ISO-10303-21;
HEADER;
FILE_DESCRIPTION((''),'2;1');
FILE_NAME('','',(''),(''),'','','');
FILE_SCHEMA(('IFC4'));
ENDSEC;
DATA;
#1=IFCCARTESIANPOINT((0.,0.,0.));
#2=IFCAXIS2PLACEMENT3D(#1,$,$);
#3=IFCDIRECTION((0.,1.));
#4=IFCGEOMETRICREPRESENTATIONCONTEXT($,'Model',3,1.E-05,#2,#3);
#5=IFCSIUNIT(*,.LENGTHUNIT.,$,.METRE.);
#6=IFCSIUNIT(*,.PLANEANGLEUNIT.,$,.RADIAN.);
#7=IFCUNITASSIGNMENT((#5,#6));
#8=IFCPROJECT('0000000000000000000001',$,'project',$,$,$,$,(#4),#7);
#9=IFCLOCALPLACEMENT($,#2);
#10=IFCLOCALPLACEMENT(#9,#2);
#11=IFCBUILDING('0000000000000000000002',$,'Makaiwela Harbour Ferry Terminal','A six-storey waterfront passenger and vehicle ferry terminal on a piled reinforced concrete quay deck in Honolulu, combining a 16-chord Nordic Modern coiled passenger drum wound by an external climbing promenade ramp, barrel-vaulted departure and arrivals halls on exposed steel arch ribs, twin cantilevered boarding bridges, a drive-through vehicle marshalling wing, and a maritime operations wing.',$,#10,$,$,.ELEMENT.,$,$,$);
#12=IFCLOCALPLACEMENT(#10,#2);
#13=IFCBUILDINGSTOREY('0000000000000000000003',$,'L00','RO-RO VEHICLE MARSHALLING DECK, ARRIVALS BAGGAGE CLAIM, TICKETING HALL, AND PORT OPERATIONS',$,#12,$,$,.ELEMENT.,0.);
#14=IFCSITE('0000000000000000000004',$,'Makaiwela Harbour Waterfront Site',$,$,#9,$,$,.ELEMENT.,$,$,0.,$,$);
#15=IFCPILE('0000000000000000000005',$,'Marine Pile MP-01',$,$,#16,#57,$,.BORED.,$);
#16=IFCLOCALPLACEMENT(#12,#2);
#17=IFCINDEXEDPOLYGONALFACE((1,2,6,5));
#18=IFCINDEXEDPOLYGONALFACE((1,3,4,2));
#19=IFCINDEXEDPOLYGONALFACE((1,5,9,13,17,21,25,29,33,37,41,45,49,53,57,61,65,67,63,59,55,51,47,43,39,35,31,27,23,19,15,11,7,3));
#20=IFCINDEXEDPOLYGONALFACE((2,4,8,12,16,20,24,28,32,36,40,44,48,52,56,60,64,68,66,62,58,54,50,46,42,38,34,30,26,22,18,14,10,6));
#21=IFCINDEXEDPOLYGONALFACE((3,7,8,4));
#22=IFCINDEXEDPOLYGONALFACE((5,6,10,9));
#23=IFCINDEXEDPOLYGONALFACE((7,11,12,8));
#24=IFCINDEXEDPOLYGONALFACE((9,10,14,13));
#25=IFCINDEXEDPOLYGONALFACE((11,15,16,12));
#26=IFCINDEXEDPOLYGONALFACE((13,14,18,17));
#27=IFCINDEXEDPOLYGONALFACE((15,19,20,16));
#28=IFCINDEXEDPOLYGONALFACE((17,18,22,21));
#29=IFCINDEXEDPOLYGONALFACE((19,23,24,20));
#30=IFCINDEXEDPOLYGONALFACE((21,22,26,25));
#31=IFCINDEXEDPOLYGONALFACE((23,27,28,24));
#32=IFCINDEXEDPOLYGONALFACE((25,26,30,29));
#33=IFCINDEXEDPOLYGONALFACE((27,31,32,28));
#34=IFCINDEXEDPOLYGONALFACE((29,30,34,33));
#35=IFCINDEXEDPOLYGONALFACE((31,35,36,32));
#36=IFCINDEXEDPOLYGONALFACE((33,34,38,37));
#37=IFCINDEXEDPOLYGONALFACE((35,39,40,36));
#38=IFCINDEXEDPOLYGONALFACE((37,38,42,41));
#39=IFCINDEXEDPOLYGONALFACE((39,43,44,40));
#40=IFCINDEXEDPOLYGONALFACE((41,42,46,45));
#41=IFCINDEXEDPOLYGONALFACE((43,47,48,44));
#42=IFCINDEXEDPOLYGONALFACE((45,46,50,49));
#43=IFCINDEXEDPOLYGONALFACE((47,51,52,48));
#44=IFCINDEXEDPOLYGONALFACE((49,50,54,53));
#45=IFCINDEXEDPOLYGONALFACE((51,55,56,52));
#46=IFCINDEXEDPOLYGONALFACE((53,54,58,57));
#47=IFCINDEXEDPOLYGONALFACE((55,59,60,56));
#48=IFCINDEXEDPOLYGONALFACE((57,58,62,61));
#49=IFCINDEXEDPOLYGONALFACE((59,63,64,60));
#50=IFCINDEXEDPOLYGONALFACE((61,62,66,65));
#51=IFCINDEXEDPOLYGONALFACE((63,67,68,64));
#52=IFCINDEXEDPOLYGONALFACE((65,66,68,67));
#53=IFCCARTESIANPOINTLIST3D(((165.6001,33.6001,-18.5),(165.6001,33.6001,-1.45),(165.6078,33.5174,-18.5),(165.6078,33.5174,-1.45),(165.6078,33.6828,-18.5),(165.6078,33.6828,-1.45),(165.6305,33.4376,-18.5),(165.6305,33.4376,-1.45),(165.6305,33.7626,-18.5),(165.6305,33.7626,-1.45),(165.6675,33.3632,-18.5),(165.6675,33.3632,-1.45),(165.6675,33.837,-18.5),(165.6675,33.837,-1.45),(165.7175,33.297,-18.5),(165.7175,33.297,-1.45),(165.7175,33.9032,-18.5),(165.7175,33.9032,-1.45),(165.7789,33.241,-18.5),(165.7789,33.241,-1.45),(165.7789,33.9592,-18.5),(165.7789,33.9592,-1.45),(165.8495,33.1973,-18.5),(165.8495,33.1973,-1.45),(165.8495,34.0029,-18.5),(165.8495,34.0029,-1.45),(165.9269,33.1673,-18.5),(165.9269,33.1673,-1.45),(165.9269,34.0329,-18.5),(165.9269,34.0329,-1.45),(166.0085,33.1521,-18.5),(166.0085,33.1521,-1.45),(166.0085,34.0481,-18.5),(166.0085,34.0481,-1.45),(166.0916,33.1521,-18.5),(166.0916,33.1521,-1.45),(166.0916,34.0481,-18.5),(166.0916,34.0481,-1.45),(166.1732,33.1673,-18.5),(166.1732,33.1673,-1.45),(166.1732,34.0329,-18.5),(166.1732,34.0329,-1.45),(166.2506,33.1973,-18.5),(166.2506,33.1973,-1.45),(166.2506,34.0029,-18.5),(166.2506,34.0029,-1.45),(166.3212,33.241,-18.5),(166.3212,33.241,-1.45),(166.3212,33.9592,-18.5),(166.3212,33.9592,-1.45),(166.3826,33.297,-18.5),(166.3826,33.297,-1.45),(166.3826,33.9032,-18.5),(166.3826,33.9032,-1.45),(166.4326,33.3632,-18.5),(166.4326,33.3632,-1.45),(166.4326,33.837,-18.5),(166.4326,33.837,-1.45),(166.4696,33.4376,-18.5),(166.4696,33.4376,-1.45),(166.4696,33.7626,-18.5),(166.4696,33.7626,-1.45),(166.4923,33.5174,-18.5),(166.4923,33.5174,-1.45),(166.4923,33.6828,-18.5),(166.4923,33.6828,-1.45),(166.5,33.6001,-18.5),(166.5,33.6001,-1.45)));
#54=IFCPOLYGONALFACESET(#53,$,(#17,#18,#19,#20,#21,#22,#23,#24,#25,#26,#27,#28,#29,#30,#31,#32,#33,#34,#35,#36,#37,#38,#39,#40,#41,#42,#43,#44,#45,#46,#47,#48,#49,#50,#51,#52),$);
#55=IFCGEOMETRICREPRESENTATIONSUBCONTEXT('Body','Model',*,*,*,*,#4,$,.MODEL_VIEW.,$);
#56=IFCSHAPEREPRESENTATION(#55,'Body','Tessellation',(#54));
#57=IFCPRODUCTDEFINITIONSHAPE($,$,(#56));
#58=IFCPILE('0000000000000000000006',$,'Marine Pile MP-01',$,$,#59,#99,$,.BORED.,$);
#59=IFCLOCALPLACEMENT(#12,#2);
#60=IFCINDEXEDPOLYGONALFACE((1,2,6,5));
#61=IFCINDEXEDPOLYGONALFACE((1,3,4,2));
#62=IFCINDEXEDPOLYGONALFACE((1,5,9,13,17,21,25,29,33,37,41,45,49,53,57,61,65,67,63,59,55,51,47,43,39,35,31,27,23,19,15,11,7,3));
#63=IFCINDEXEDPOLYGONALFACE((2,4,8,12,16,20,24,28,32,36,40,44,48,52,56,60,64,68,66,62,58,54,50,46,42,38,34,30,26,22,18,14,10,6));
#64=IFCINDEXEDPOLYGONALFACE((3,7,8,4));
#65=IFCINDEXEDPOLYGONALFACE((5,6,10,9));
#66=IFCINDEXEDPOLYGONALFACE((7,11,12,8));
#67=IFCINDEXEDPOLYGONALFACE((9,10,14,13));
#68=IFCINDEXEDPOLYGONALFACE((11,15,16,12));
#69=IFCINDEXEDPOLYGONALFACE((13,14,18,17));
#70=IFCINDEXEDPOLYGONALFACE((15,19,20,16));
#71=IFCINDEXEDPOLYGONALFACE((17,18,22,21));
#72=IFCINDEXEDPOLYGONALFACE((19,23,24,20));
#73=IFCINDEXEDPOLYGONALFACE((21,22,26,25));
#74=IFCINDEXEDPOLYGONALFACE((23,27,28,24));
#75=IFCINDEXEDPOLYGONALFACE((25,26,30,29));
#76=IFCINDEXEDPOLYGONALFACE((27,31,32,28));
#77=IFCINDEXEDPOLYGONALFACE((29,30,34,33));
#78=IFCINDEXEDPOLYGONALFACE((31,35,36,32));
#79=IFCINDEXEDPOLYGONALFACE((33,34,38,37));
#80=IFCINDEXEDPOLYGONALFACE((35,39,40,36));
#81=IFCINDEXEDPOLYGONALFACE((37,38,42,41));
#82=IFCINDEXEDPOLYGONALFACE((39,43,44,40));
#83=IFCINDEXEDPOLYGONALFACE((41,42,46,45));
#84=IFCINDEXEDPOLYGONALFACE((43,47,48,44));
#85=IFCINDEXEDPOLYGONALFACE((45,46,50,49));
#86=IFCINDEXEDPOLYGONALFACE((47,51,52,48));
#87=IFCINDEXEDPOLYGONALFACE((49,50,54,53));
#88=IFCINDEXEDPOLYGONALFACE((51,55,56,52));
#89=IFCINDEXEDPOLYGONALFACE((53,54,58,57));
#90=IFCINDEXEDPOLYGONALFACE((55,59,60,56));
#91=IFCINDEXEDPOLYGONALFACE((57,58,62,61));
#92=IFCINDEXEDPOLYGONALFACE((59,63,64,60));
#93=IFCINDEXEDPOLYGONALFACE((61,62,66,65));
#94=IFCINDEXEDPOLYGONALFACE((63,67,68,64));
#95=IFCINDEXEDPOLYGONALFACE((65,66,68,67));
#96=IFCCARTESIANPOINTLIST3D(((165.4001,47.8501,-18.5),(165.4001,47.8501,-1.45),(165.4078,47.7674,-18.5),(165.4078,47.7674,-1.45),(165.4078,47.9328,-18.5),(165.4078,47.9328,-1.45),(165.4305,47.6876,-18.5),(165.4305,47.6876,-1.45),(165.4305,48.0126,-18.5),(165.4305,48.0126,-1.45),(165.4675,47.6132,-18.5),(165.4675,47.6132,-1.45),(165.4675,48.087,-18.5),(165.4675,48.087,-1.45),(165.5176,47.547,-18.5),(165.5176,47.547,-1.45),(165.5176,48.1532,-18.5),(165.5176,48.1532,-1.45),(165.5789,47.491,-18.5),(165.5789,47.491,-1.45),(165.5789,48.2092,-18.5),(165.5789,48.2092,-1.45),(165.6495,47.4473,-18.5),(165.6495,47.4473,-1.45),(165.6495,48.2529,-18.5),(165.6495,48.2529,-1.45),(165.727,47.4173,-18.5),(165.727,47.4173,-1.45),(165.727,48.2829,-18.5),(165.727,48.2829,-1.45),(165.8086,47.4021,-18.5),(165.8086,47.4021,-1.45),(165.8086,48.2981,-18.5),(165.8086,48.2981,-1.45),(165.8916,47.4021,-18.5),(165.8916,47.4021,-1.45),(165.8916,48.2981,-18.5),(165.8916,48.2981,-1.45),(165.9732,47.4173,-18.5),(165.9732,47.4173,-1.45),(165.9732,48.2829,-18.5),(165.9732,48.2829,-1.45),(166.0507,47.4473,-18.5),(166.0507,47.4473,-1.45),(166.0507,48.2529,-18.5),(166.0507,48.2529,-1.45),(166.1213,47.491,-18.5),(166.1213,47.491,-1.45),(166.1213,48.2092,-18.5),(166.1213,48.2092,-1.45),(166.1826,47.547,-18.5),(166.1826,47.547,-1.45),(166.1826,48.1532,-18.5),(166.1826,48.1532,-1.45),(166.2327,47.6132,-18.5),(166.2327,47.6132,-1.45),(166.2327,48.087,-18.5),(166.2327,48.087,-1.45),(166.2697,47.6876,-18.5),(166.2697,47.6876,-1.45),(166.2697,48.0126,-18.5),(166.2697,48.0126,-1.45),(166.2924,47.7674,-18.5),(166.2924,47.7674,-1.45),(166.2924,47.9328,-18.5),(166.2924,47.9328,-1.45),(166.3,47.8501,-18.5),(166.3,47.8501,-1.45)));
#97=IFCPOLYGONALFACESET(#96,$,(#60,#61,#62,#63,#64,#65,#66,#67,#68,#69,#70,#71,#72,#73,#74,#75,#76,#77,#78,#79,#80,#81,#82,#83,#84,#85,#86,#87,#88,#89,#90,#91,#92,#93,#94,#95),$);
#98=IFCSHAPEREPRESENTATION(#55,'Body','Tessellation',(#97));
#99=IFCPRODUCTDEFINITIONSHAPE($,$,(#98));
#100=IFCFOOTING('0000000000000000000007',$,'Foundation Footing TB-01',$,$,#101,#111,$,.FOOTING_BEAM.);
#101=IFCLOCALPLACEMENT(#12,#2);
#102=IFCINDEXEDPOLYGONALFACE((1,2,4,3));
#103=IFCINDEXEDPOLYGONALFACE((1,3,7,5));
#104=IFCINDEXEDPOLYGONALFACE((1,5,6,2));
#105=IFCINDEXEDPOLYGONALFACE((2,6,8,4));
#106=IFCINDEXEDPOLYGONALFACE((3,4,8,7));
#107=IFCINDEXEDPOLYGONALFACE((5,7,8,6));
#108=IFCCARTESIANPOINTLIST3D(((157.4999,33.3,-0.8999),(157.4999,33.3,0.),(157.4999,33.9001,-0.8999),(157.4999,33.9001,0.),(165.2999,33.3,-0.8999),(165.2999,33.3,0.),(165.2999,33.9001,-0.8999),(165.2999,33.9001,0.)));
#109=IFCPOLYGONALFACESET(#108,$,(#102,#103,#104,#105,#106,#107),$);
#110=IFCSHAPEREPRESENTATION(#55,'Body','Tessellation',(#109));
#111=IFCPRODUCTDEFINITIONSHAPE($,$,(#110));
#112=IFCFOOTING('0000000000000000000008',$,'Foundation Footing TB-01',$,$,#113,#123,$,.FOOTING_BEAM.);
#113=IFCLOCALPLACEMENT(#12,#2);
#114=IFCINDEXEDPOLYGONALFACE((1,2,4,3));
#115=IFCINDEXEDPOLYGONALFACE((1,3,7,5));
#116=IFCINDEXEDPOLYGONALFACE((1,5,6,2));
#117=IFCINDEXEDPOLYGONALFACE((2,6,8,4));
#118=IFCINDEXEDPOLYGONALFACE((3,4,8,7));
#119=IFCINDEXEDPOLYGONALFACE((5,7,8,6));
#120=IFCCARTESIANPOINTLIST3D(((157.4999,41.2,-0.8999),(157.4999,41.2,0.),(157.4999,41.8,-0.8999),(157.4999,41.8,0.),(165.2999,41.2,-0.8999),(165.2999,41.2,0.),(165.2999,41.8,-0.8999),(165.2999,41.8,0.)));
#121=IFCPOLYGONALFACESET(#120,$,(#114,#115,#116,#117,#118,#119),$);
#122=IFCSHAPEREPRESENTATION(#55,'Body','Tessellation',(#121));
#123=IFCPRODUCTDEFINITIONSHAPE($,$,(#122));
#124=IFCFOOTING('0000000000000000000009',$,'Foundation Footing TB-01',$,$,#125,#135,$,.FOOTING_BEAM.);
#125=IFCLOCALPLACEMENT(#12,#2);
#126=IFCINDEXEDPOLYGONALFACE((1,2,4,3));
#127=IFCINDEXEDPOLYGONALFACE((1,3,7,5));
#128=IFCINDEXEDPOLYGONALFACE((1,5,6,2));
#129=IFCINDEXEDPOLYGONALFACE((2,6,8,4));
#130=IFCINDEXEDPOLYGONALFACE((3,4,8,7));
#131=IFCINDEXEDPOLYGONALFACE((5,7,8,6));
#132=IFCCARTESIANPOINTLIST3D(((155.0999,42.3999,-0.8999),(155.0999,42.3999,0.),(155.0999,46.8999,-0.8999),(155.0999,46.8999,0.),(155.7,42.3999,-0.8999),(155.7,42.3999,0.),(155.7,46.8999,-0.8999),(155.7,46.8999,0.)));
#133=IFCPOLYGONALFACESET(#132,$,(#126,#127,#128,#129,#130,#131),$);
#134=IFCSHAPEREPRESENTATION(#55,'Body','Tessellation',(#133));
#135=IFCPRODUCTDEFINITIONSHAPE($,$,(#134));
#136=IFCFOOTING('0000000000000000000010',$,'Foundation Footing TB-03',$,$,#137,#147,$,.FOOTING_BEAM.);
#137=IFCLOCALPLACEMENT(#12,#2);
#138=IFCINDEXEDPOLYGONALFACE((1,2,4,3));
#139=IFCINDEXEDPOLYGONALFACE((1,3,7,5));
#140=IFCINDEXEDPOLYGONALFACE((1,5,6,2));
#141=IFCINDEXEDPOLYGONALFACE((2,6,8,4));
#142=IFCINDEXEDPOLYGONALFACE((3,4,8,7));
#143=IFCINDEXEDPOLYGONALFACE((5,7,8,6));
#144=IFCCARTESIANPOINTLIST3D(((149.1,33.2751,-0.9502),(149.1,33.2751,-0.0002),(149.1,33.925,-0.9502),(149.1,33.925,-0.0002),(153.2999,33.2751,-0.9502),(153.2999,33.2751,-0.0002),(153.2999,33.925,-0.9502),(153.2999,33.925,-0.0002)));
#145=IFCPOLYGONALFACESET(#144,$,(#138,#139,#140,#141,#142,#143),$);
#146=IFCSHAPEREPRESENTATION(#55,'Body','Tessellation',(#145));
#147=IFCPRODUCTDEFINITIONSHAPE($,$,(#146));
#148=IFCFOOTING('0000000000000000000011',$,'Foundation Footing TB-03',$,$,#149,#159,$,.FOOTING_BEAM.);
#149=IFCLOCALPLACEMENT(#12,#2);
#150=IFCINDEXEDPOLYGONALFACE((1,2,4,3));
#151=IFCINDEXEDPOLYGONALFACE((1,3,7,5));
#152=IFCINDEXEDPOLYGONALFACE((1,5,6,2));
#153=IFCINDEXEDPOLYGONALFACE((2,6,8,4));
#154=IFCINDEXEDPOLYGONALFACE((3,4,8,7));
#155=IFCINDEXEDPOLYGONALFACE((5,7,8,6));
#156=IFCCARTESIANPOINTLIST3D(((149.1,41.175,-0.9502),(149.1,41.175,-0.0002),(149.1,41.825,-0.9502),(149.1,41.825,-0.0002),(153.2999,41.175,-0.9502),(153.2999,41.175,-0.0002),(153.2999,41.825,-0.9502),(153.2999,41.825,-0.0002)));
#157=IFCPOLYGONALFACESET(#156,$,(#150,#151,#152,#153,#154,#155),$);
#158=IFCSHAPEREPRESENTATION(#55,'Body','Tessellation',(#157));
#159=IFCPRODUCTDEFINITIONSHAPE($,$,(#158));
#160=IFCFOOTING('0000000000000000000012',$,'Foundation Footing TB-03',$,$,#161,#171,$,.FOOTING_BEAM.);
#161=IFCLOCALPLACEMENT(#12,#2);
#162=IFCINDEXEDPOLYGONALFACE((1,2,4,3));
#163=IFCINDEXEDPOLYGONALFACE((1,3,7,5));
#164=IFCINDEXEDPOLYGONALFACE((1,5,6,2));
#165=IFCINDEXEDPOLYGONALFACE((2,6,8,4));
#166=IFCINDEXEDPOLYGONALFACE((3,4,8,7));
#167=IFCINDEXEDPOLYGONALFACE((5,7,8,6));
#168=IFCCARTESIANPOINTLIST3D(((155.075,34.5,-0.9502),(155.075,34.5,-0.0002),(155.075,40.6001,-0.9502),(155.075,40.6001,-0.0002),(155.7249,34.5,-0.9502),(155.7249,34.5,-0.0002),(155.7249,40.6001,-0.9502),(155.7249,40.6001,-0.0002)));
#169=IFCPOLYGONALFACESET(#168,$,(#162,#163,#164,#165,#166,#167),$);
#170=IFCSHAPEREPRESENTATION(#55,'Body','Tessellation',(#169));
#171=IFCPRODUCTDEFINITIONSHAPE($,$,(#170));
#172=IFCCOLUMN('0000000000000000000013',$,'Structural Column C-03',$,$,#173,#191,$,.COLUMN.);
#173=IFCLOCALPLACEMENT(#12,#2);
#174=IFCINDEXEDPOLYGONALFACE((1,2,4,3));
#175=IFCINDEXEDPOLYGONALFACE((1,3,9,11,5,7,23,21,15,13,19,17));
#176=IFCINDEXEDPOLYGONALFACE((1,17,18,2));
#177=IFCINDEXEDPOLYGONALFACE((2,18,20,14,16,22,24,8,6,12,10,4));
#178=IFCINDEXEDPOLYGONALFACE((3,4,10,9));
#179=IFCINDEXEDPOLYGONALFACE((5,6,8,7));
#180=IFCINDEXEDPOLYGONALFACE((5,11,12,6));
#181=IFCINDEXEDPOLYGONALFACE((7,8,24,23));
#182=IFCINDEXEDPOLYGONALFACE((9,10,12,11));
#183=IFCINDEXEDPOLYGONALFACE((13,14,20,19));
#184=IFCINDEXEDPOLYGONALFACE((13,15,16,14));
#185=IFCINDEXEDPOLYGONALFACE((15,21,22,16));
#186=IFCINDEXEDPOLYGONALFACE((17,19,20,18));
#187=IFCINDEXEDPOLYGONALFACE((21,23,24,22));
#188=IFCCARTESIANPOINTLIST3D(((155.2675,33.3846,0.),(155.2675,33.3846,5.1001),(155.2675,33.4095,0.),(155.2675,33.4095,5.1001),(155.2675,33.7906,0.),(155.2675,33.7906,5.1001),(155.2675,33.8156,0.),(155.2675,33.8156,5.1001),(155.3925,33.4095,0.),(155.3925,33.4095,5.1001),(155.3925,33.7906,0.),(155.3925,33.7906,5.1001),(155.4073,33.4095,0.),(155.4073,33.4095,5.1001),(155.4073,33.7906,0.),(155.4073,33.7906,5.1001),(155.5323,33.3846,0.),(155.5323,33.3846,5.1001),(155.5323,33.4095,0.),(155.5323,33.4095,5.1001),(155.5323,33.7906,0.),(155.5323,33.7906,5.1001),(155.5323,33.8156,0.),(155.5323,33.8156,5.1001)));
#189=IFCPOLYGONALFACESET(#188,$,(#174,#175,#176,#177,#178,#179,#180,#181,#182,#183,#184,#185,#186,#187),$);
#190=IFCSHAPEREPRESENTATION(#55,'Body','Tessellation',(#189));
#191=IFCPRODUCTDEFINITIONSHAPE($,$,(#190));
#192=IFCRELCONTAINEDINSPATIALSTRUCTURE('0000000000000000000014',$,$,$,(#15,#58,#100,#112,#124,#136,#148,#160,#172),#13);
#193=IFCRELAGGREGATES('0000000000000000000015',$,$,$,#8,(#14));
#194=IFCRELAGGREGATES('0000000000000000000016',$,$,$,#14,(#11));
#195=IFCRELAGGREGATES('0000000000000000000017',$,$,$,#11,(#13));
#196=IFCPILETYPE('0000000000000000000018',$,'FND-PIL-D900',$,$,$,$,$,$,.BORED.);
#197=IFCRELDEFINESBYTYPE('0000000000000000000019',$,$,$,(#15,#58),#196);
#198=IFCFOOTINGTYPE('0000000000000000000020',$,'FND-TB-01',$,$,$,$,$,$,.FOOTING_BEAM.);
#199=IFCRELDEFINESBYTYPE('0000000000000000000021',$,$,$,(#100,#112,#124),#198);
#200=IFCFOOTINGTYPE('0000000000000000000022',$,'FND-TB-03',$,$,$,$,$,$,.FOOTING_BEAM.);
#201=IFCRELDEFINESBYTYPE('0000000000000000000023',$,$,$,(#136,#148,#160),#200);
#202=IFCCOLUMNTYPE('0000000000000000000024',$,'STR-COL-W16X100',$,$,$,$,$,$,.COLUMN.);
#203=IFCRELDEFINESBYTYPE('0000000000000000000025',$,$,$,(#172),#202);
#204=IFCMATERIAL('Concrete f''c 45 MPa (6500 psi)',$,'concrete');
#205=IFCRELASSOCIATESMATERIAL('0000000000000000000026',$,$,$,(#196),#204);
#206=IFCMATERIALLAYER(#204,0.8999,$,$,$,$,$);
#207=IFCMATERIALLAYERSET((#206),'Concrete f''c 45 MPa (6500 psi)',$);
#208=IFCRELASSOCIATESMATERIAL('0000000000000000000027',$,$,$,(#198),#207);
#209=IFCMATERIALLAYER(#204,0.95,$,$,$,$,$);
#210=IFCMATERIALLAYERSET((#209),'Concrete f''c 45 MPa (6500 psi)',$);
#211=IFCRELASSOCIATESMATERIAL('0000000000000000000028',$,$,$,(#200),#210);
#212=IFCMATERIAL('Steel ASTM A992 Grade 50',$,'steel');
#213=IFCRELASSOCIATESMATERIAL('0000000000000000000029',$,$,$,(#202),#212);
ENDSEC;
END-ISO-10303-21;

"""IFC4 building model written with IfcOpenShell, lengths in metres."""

from ifc_helpers import new_model, si_unit, direction, frame, origin, origin_2d, place, context, subcontext, project, spatial, rectangle, circle, i_section, extrude, material, layer, layer_set, material_profile, profile_set, type_object, element, save


model = new_model("IFC4")

# Units and contexts
model_context = context("Model", 3, precision=1e-05, world=origin(), true_north=direction((0.0, 1.0)))
body_context = subcontext(model_context, "Body", "Model", "MODEL_VIEW")
ifc_project = project(units=[si_unit("LENGTHUNIT", "METRE"), si_unit("PLANEANGLEUNIT", "RADIAN")], contexts=[model_context])

# Site, building, storey
site_placement = place(None, origin())
site = spatial("IfcSite", under=ifc_project, at=site_placement, Name="Makaiwela Harbour Waterfront Site", CompositionType="ELEMENT", RefElevation=0.0)
building_placement = place(site_placement, origin())
building = spatial("IfcBuilding", under=site, at=building_placement, Name="Makaiwela Harbour Ferry Terminal", Description="A six-storey waterfront passenger and vehicle ferry terminal on a piled reinforced concrete quay deck in Honolulu, combining a 16-chord Nordic Modern coiled passenger drum wound by an external climbing promenade ramp, barrel-vaulted departure and arrivals halls on exposed steel arch ribs, twin cantilevered boarding bridges, a drive-through vehicle marshalling wing, and a maritime operations wing.", CompositionType="ELEMENT")
storey_placement = place(building_placement, origin())
storey = spatial("IfcBuildingStorey", under=building, at=storey_placement, Name="L00", Description="RO-RO VEHICLE MARSHALLING DECK, ARRIVALS BAGGAGE CLAIM, TICKETING HALL, AND PORT OPERATIONS", CompositionType="ELEMENT", Elevation=0.0)

# Shared definitions
ifc_material_1 = material(Name="Concrete f'c 45 MPa (6500 psi)", Category="concrete")

# Piles
ifc_material_profile_1 = material_profile(ifc_material_1, circle(Radius=0.45, at=origin_2d()), Name="PILE-D900")
ifc_profile_set_1 = profile_set([ifc_material_profile_1], Name="Concrete f'c 45 MPa (6500 psi)")
pile_type = type_object("IfcPileType", Name="FND-PIL-D900", PredefinedType="BORED", material=ifc_profile_set_1)
for number, where, z_axis, x_axis, name in (
    (1, (166.05, 33.6001, -1.45), (0.0, 0.0, -1.0), (1.0, 0.0, 0.0), "Marine Pile MP-01"),
    (2, (165.8501, 47.8501, -1.45), (0.0, 0.0, -1.0), (1.0, 0.0, 0.0), "Marine Pile MP-01"),
):
    element("IfcPile", number, at=place(storey_placement, frame(where, z_axis=z_axis, x_axis=x_axis)), inside=storey, type_object=pile_type, Name=name, PredefinedType="BORED", context=body_context, shape_type="SweptSolid", body=[
        extrude(circle(Radius=0.45, at=origin_2d()), origin(), (0.0, 0.0, 1.0), 17.05),
    ])

# Footings
ifc_layer_1 = layer(ifc_material_1, 0.8999)
ifc_layer_set_1 = layer_set([ifc_layer_1], Name="Concrete f'c 45 MPa (6500 psi)")
footing_type_1 = type_object("IfcFootingType", Name="FND-TB-01", PredefinedType="FOOTING_BEAM", material=ifc_layer_set_1)
for number, where, z_axis, x_axis, name in (
    (3, (161.3999, 33.6001, -0.8999), (0.0, 0.0, 1.0), (1.0, 0.0, 0.0), "Foundation Footing TB-01"),
    (4, (161.3999, 41.5, -0.8999), (0.0, 0.0, 1.0), (1.0, 0.0, 0.0), "Foundation Footing TB-01"),
):
    element("IfcFooting", number, at=place(storey_placement, frame(where, z_axis=z_axis, x_axis=x_axis)), inside=storey, type_object=footing_type_1, Name=name, PredefinedType="FOOTING_BEAM", context=body_context, shape_type="SweptSolid", body=[
        extrude(rectangle(XDim=7.8, YDim=0.6001, at=origin_2d()), origin(), (0.0, 0.0, 1.0), 0.8999),
    ])
footing_1_placement = place(storey_placement, frame((155.3999, 44.6499, -0.8999), z_axis=(0.0, 0.0, 1.0), x_axis=(0.0, 1.0, 0.0)))
element("IfcFooting", 5, at=footing_1_placement, inside=storey, type_object=footing_type_1, Name="Foundation Footing TB-01", PredefinedType="FOOTING_BEAM", context=body_context, shape_type="SweptSolid", body=[
    extrude(rectangle(XDim=4.5, YDim=0.6001, at=origin_2d()), origin(), (0.0, 0.0, 1.0), 0.8999),
])
ifc_layer_2 = layer(ifc_material_1, 0.95)
ifc_layer_set_2 = layer_set([ifc_layer_2], Name="Concrete f'c 45 MPa (6500 psi)")
footing_type_2 = type_object("IfcFootingType", Name="FND-TB-03", PredefinedType="FOOTING_BEAM", material=ifc_layer_set_2)
for number, where, z_axis, x_axis, name in (
    (6, (151.2, 33.6001, -0.9502), (0.0, 0.0, 1.0), (1.0, 0.0, 0.0), "Foundation Footing TB-03"),
    (7, (151.2, 41.5, -0.9502), (0.0, 0.0, 1.0), (1.0, 0.0, 0.0), "Foundation Footing TB-03"),
):
    element("IfcFooting", number, at=place(storey_placement, frame(where, z_axis=z_axis, x_axis=x_axis)), inside=storey, type_object=footing_type_2, Name=name, PredefinedType="FOOTING_BEAM", context=body_context, shape_type="SweptSolid", body=[
        extrude(rectangle(XDim=4.2, YDim=0.6499, at=origin_2d()), origin(), (0.0, 0.0, 1.0), 0.95),
    ])
footing_2_placement = place(storey_placement, frame((155.3999, 37.55, -0.9502), z_axis=(0.0, 0.0, 1.0), x_axis=(0.0, 1.0, 0.0)))
element("IfcFooting", 8, at=footing_2_placement, inside=storey, type_object=footing_type_2, Name="Foundation Footing TB-03", PredefinedType="FOOTING_BEAM", context=body_context, shape_type="SweptSolid", body=[
    extrude(rectangle(XDim=6.1001, YDim=0.6499, at=origin_2d()), origin(), (0.0, 0.0, 1.0), 0.95),
])

# Column
ifc_material_2 = material(Name="Steel ASTM A992 Grade 50", Category="steel")
ifc_material_profile_2 = material_profile(ifc_material_2, i_section(OverallWidth=0.2649, OverallDepth=0.4309, WebThickness=0.0149, FlangeThickness=0.0249, at=origin_2d()), Name="W16X100")
ifc_profile_set_2 = profile_set([ifc_material_profile_2], Name="Steel ASTM A992 Grade 50")
column_type = type_object("IfcColumnType", Name="STR-COL-W16X100", PredefinedType="COLUMN", material=ifc_profile_set_2)
for number, where, z_axis, x_axis, name in (
    (9, (155.3999, 33.6001, 0.0), (0.0, 0.0, 1.0), (1.0, 0.0, 0.0), "Structural Column C-03"),
):
    element("IfcColumn", number, at=place(storey_placement, frame(where, z_axis=z_axis, x_axis=x_axis)), inside=storey, type_object=column_type, Name=name, PredefinedType="COLUMN", context=body_context, shape_type="SweptSolid", body=[
        extrude(i_section(OverallWidth=0.2649, OverallDepth=0.4309, WebThickness=0.0149, FlangeThickness=0.0249, at=origin_2d()), origin(), (0.0, 0.0, 1.0), 5.1001),
    ])

save(model, "model.ifc")
